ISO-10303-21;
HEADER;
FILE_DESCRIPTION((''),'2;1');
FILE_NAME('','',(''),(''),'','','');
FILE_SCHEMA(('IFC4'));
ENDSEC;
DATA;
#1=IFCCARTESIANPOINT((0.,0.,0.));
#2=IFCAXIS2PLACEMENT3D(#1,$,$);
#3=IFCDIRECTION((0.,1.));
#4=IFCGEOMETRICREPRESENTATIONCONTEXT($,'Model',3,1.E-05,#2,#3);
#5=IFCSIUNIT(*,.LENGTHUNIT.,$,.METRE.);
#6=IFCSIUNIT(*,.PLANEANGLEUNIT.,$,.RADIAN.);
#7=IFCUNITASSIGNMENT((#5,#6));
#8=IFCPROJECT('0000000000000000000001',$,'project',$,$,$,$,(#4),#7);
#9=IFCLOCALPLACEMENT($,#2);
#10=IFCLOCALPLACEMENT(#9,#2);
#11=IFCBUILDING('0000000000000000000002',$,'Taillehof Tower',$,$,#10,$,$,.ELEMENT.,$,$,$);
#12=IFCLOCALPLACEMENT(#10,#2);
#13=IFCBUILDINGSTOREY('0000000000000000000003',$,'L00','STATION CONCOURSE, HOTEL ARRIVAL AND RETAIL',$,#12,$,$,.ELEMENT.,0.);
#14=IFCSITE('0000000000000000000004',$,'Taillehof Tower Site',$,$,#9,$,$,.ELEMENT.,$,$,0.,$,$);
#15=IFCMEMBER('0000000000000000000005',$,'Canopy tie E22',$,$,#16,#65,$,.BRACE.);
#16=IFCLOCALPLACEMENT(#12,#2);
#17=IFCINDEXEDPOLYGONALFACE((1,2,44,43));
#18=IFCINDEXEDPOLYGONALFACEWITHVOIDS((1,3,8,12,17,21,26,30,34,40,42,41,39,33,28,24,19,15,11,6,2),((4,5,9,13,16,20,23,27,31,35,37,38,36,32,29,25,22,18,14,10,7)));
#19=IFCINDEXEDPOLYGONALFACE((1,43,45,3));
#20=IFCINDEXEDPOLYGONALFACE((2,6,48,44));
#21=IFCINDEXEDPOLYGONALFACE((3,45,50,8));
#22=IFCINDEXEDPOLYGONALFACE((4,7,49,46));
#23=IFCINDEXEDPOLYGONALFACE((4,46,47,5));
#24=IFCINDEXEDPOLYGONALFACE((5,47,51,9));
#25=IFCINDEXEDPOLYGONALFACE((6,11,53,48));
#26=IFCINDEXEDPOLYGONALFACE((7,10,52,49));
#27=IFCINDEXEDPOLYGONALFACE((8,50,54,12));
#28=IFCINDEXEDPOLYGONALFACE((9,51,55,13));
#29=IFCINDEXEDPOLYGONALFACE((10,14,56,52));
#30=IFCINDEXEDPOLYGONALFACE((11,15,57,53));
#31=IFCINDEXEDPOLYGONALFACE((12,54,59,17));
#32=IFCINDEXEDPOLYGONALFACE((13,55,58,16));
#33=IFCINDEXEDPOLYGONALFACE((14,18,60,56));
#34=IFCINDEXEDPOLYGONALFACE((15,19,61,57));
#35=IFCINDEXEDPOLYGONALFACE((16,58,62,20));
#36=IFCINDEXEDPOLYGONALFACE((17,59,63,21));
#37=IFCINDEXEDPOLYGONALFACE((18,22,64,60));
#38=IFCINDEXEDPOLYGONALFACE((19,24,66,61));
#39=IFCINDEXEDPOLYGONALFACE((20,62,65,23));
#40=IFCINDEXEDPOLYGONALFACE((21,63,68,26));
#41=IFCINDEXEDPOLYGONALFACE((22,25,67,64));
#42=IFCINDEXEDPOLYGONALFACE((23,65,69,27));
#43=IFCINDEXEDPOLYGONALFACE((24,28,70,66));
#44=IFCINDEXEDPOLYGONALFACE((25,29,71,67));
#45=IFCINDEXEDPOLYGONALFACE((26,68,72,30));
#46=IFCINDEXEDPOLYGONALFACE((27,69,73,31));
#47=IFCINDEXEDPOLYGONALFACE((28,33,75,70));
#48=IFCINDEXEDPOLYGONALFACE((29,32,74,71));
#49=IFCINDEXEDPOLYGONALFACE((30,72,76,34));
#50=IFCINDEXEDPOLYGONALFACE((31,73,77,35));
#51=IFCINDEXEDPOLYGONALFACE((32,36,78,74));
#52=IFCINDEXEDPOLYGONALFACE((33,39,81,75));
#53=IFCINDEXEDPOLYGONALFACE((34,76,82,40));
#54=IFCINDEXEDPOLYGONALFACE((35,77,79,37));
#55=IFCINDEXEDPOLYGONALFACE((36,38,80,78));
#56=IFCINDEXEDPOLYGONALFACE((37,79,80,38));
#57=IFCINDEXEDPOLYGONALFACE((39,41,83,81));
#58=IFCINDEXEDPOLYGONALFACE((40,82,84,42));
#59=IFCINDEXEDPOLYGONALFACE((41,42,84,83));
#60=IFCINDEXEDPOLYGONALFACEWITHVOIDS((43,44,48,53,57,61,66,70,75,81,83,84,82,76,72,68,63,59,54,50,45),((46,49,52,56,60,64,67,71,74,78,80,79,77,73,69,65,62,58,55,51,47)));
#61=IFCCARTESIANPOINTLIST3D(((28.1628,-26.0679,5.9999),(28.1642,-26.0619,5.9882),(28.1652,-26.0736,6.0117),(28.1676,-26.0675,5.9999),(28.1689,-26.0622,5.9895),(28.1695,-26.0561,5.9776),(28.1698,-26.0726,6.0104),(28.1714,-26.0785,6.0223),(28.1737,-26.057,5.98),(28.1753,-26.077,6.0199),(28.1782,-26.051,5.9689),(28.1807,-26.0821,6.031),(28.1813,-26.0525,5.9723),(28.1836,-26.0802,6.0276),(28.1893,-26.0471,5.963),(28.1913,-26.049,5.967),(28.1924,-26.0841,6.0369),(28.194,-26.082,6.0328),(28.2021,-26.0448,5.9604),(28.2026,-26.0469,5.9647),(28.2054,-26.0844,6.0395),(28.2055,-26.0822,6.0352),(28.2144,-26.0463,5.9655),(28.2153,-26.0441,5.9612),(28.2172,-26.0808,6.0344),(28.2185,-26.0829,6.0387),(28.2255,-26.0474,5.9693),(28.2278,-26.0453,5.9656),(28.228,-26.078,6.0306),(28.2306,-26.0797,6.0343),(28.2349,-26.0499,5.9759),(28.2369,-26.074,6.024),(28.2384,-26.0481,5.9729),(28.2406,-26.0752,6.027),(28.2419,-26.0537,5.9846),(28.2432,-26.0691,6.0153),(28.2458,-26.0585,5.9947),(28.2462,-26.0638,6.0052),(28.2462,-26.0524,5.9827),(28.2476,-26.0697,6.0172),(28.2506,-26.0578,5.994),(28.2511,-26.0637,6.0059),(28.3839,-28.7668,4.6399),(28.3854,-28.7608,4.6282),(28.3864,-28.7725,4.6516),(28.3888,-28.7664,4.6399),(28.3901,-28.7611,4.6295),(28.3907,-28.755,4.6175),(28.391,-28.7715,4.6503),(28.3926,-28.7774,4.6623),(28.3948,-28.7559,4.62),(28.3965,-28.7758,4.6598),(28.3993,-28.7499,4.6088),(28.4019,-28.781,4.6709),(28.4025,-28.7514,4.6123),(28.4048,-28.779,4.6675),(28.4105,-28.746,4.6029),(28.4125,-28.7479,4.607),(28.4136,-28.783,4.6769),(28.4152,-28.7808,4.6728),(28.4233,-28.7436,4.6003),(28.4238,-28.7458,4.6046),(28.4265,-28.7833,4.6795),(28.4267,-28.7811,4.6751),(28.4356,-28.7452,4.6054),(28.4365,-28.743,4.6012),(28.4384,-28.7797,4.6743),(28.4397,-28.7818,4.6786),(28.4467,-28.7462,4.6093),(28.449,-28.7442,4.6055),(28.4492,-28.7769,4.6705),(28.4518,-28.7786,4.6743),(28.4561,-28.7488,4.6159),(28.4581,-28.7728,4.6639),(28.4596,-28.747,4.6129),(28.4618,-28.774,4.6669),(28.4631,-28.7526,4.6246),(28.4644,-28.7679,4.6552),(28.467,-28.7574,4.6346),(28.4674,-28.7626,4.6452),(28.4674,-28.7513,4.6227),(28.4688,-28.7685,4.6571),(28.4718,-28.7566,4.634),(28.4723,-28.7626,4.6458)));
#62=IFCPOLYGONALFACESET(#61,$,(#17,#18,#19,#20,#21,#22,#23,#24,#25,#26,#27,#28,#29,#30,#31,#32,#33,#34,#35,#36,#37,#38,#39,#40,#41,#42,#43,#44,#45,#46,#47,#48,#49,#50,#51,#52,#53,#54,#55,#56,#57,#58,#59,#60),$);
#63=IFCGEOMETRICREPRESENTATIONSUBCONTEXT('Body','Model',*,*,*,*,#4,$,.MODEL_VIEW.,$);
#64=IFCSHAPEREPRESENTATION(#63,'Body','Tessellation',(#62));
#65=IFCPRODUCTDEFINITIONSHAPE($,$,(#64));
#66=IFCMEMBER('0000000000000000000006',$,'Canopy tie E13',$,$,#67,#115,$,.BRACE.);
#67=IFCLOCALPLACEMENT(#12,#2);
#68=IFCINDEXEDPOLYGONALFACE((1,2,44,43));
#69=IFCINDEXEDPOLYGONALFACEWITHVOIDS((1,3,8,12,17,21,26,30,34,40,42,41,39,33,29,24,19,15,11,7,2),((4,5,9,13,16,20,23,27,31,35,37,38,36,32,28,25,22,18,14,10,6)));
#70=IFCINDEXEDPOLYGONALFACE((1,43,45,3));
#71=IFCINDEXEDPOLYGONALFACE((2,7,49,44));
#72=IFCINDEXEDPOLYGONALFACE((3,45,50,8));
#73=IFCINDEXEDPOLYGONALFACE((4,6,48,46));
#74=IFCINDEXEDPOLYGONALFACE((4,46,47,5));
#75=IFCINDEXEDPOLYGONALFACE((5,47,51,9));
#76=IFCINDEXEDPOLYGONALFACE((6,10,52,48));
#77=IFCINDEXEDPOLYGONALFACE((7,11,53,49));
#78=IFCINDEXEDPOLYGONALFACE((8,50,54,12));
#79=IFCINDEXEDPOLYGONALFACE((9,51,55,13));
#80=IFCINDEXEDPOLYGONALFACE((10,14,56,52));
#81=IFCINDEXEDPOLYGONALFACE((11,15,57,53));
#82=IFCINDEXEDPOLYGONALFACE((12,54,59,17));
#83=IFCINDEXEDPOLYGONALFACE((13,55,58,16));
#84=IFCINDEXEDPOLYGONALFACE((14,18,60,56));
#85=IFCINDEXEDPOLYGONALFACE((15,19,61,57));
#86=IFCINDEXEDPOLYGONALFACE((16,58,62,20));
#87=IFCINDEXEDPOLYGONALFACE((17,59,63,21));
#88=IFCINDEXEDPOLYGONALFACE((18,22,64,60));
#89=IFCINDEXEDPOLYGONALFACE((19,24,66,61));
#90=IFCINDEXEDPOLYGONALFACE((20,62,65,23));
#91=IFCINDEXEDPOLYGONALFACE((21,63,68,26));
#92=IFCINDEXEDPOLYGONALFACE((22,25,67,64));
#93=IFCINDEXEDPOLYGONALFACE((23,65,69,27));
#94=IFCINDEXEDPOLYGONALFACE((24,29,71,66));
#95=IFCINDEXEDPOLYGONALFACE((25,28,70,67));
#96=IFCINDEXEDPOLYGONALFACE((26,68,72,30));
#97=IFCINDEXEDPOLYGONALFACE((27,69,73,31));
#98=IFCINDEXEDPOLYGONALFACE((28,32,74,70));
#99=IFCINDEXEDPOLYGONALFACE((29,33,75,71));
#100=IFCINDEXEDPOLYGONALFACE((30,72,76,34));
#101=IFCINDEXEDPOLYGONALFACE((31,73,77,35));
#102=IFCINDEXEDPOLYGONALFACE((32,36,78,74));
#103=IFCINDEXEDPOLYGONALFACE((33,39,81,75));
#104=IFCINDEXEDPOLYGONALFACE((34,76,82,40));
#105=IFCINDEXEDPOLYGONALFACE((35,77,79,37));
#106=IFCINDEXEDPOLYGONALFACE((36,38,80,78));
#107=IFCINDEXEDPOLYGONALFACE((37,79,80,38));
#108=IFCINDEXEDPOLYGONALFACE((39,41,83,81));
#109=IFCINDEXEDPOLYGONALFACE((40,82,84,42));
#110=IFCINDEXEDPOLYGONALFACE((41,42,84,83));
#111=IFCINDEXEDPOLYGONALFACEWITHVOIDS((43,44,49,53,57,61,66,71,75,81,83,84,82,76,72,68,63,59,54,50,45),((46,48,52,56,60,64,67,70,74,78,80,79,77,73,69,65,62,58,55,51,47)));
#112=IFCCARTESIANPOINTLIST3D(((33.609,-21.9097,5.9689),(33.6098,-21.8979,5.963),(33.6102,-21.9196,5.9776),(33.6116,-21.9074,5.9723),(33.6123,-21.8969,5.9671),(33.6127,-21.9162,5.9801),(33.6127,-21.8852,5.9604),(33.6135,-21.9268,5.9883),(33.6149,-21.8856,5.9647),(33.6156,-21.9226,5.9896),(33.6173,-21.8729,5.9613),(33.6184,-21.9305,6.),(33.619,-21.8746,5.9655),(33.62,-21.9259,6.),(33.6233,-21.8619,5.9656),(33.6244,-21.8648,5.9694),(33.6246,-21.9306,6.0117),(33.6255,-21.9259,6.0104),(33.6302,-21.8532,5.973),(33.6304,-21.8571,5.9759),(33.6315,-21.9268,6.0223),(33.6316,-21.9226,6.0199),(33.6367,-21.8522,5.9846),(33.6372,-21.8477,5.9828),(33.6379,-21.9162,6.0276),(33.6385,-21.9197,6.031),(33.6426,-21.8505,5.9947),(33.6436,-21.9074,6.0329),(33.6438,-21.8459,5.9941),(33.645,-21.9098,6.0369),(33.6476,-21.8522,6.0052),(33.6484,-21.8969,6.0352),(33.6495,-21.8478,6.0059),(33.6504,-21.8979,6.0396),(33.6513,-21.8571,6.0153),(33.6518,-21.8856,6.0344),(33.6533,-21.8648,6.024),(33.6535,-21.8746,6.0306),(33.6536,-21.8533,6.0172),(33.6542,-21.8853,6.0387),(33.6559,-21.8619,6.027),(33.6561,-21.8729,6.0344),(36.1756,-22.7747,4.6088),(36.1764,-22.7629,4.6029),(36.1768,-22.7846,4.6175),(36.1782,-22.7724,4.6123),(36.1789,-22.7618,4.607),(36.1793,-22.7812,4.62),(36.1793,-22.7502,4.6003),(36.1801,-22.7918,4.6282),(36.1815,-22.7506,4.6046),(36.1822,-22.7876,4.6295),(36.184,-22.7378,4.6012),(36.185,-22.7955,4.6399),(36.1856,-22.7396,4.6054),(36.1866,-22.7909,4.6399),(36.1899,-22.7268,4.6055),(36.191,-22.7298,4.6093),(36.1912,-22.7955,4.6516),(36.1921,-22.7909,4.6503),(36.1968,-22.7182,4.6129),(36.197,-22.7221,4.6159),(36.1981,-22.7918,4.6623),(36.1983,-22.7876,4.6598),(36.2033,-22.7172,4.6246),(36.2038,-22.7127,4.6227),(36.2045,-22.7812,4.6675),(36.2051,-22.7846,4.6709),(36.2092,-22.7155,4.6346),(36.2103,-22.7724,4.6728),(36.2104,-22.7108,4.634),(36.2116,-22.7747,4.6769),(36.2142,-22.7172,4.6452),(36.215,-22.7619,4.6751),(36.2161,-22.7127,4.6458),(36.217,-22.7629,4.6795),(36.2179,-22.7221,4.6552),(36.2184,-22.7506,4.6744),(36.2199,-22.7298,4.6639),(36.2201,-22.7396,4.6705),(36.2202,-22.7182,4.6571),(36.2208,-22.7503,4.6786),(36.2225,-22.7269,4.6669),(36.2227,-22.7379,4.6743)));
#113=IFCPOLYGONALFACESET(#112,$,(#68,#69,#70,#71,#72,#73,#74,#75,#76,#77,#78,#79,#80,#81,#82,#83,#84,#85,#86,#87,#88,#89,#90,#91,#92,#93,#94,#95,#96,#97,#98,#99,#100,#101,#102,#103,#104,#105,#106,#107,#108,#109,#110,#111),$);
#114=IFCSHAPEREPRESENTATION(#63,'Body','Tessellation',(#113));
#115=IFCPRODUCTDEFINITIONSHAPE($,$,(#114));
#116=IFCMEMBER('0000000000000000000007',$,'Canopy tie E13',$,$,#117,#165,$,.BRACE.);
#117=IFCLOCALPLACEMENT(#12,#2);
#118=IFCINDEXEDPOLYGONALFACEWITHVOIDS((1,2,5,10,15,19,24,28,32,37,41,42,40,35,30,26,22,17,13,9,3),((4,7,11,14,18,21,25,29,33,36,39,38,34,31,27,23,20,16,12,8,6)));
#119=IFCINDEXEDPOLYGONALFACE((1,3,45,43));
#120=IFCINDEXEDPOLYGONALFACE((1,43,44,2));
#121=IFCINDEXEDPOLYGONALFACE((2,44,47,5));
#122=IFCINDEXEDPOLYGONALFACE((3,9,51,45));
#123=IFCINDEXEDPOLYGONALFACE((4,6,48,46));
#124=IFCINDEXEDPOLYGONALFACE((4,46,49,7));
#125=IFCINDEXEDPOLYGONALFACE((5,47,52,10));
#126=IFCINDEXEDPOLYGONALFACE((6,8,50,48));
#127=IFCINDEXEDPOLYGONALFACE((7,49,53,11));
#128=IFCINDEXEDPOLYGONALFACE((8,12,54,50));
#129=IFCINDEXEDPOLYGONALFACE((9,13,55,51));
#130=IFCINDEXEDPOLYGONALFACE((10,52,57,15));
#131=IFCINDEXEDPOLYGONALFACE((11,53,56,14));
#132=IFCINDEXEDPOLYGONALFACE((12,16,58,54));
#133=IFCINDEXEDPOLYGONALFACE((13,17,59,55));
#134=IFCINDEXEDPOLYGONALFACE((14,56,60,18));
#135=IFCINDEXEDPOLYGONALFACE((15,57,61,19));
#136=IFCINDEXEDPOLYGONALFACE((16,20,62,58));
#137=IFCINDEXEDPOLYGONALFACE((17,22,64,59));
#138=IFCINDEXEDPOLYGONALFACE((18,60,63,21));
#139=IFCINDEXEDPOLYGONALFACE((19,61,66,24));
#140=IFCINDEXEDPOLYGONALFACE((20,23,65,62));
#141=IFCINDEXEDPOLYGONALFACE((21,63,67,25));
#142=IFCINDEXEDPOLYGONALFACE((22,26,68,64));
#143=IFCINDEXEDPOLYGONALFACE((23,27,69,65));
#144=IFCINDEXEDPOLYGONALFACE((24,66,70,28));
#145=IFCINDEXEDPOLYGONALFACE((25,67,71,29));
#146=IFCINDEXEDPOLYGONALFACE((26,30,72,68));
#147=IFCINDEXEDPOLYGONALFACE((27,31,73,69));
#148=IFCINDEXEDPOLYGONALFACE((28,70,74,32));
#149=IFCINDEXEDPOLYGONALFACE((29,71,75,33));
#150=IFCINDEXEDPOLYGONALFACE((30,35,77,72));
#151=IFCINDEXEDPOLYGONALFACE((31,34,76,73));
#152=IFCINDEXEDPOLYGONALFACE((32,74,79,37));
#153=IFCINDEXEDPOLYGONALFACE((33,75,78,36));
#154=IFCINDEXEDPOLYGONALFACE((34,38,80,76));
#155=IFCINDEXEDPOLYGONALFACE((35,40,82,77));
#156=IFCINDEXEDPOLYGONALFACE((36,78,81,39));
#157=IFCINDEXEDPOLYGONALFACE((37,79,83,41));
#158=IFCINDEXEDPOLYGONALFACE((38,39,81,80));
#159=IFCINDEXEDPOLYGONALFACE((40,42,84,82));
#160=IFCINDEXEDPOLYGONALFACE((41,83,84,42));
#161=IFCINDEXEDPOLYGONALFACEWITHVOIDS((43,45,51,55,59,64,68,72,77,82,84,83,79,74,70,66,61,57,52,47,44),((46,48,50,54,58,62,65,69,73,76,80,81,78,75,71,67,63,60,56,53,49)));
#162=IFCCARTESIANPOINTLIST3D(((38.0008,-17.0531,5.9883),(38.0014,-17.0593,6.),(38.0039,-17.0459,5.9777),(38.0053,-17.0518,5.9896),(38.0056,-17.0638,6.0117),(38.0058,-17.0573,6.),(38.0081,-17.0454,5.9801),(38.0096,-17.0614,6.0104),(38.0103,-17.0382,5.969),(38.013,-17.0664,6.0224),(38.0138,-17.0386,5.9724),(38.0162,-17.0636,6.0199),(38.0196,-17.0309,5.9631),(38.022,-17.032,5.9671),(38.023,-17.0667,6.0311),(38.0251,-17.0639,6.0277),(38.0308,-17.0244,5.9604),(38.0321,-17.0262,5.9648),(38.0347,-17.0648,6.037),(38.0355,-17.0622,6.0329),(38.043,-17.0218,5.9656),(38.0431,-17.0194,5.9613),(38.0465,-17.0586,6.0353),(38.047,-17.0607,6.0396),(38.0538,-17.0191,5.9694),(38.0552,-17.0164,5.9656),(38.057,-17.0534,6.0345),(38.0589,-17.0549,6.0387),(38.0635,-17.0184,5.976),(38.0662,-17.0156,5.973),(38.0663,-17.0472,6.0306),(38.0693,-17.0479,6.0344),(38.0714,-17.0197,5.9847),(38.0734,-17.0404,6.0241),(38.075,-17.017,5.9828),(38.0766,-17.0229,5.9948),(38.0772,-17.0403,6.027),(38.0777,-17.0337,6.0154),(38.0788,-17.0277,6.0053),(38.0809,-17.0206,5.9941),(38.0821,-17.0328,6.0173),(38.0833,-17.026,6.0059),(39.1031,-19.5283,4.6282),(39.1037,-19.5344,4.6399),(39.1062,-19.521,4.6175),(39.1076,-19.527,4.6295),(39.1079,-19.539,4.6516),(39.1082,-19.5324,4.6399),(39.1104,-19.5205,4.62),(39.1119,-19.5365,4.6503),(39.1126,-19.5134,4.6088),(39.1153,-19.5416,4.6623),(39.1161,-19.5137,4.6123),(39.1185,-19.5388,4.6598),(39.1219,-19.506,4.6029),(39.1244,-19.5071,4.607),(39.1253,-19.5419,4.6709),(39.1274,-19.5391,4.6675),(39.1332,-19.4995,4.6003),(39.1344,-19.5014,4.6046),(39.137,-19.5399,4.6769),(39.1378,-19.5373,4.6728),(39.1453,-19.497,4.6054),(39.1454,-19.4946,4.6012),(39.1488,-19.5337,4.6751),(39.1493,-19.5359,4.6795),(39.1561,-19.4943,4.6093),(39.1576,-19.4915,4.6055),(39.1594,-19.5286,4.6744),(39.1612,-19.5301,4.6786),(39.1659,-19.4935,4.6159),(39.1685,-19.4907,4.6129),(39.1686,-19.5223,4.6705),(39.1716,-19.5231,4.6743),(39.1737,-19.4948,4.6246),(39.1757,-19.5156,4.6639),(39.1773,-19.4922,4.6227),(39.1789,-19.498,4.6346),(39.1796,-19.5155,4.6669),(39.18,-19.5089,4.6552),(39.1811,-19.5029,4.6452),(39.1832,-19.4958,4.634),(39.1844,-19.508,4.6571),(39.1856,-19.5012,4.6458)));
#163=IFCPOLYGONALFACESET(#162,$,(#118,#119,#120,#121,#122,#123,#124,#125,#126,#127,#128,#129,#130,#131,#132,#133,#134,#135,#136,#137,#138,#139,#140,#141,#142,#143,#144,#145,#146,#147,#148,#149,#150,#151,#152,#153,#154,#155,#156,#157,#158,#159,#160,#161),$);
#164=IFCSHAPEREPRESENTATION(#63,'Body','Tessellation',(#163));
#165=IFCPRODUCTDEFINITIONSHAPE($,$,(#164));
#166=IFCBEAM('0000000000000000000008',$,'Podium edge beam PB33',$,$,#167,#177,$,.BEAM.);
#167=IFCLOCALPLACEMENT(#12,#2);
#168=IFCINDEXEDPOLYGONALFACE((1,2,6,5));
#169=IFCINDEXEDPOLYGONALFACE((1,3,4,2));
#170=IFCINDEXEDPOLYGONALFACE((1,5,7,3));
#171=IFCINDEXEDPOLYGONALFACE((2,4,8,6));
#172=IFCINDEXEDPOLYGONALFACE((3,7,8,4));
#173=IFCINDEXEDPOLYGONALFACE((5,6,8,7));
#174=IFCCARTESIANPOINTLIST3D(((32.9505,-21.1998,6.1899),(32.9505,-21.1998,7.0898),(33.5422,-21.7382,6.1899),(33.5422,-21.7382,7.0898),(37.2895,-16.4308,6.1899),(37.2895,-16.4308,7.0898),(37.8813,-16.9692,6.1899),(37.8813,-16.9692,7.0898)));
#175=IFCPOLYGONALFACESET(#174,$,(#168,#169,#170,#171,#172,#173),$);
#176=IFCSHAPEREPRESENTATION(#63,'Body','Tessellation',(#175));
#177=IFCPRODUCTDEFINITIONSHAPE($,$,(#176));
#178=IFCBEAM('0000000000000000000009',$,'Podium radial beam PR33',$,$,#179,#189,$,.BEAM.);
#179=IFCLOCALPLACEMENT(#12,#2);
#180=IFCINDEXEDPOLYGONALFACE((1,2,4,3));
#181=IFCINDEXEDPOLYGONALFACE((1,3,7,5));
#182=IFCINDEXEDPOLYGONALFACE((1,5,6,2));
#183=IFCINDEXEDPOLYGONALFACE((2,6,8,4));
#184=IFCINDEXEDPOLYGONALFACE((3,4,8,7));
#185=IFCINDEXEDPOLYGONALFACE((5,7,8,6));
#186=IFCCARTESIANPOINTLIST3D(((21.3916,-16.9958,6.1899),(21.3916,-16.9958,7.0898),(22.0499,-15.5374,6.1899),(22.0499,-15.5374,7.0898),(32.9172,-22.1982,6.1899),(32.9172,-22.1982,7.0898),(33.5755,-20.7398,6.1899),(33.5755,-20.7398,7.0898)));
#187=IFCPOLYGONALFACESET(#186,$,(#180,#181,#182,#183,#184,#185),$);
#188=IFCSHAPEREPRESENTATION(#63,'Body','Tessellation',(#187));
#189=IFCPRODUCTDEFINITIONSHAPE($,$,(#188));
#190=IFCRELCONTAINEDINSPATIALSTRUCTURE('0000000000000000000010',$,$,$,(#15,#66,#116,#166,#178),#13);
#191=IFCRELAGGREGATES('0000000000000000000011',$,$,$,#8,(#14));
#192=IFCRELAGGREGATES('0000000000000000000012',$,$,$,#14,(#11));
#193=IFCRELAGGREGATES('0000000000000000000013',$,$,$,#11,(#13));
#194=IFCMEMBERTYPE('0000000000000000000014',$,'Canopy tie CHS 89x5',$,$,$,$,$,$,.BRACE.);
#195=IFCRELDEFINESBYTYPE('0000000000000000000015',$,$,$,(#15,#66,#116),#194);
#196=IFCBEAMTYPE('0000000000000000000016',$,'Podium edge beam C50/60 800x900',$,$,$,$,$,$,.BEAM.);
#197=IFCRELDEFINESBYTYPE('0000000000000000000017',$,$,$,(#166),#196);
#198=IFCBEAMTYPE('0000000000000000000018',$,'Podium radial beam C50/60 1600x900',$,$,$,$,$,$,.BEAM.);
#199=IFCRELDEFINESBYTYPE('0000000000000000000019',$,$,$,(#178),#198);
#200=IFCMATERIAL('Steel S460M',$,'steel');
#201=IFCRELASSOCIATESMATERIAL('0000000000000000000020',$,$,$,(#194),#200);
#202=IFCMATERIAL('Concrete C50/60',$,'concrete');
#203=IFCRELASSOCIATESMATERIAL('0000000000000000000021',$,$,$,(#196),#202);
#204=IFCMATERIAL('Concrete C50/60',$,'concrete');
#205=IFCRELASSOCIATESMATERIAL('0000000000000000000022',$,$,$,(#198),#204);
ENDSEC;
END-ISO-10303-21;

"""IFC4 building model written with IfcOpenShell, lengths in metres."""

from ifc_helpers import new_model, si_unit, direction, frame, origin, origin_2d, place, context, subcontext, project, spatial, rectangle, hollow_circle, extrude, material, material_profile, profile_set, type_object, element, save


model = new_model("IFC4")

# Units and contexts
model_context = context("Model", 3, precision=1e-05, world=origin(), true_north=direction((0.0, 1.0)))
body_context = subcontext(model_context, "Body", "Model", "MODEL_VIEW")
ifc_project = project(units=[si_unit("LENGTHUNIT", "METRE"), si_unit("PLANEANGLEUNIT", "RADIAN")], contexts=[model_context])

# Site, building, storey
site_placement = place(None, origin())
site = spatial("IfcSite", under=ifc_project, at=site_placement, Name="Taillehof Tower Site", CompositionType="ELEMENT", RefElevation=0.0)
building_placement = place(site_placement, origin())
building = spatial("IfcBuilding", under=site, at=building_placement, Name="Taillehof Tower", CompositionType="ELEMENT")
storey_placement = place(building_placement, origin())
storey = spatial("IfcBuildingStorey", under=building, at=storey_placement, Name="L00", Description="STATION CONCOURSE, HOTEL ARRIVAL AND RETAIL", CompositionType="ELEMENT", Elevation=0.0)

# Members
ifc_material_1 = material(Name="Steel S460M", Category="steel")
ifc_material_profile_1 = material_profile(ifc_material_1, hollow_circle(Radius=0.0444, WallThickness=0.0049, at=origin_2d()), Name="CHS 89x5")
ifc_profile_set_1 = profile_set([ifc_material_profile_1], Name="Steel S460M")
member_type_1 = type_object("IfcMemberType", Name="Canopy tie CHS 89x5", PredefinedType="BRACE", material=ifc_profile_set_1)
member_1_placement = place(storey_placement, frame((28.4282, -28.7632, 4.6399), z_axis=(-0.072991, 0.890635, 0.448822), x_axis=(-0.996659, -0.08168, 0.0)))
element("IfcMember", 1, at=member_1_placement, inside=storey, type_object=member_type_1, Name="Canopy tie E22", PredefinedType="BRACE", context=body_context, shape_type="SweptSolid", body=[
    extrude(hollow_circle(Radius=0.0444, WallThickness=0.0049, at=origin_2d()), origin(), (0.0, 0.0, 1.0), 3.0303),
])
member_2_placement = place(storey_placement, frame((36.1992, -22.7534, 4.6399), z_axis=(-0.846854, 0.285399, 0.448761), x_axis=(-0.319363, -0.947632, 0.0)))
element("IfcMember", 2, at=member_2_placement, inside=storey, type_object=member_type_1, Name="Canopy tie E13", PredefinedType="BRACE", context=body_context, shape_type="SweptSolid", body=[
    extrude(hollow_circle(Radius=0.0444, WallThickness=0.0049, at=origin_2d()), origin(), (0.0, 0.0, 1.0), 3.0308),
])
member_3_placement = place(storey_placement, frame((39.1443, -19.5164, 4.6399), z_axis=(-0.363593, 0.816413, 0.448632), x_axis=(-0.913503, -0.406832, 0.0)))
element("IfcMember", 3, at=member_3_placement, inside=storey, type_object=member_type_1, Name="Canopy tie E13", PredefinedType="BRACE", context=body_context, shape_type="SweptSolid", body=[
    extrude(hollow_circle(Radius=0.0444, WallThickness=0.0049, at=origin_2d()), origin(), (0.0, 0.0, 1.0), 3.0317),
])

# Beams
ifc_material_2 = material(Name="Concrete C50/60", Category="concrete")
ifc_material_profile_2 = material_profile(ifc_material_2, rectangle(XDim=0.8, YDim=0.8999, at=origin_2d()), Name="RC 800x900")
ifc_profile_set_2 = profile_set([ifc_material_profile_2], Name="Concrete C50/60")
beam_type_1 = type_object("IfcBeamType", Name="Podium edge beam C50/60 800x900", PredefinedType="BEAM", material=ifc_profile_set_2)
beam_1_placement = place(storey_placement, frame((33.2463, -21.469, 6.6399), z_axis=(0.67298, 0.739661, 0.0), x_axis=(-0.739661, 0.67298, 0.0)))
element("IfcBeam", 4, at=beam_1_placement, inside=storey, type_object=beam_type_1, Name="Podium edge beam PB33", PredefinedType="BEAM", context=body_context, shape_type="SweptSolid", body=[
    extrude(rectangle(XDim=0.8, YDim=0.8999, at=origin_2d()), origin(), (0.0, 0.0, 1.0), 6.4475),
])
ifc_material_3 = material(Name="Concrete C50/60", Category="concrete")
ifc_material_profile_3 = material_profile(ifc_material_3, rectangle(XDim=1.6001, YDim=0.8999, at=origin_2d()), Name="RC 1600x900")
ifc_profile_set_3 = profile_set([ifc_material_profile_3], Name="Concrete C50/60")
beam_type_2 = type_object("IfcBeamType", Name="Podium radial beam C50/60 1600x900", PredefinedType="BEAM", material=ifc_profile_set_3)
beam_2_placement = place(storey_placement, frame((33.2463, -21.469, 6.6399), z_axis=(-0.911452, 0.411407, 0.0), x_axis=(-0.411407, -0.911452, 0.0)))
element("IfcBeam", 5, at=beam_2_placement, inside=storey, type_object=beam_type_2, Name="Podium radial beam PR33", PredefinedType="BEAM", context=body_context, shape_type="SweptSolid", body=[
    extrude(rectangle(XDim=1.6001, YDim=0.8999, at=origin_2d()), origin(), (0.0, 0.0, 1.0), 12.6453),
])

save(model, "model.ifc")
